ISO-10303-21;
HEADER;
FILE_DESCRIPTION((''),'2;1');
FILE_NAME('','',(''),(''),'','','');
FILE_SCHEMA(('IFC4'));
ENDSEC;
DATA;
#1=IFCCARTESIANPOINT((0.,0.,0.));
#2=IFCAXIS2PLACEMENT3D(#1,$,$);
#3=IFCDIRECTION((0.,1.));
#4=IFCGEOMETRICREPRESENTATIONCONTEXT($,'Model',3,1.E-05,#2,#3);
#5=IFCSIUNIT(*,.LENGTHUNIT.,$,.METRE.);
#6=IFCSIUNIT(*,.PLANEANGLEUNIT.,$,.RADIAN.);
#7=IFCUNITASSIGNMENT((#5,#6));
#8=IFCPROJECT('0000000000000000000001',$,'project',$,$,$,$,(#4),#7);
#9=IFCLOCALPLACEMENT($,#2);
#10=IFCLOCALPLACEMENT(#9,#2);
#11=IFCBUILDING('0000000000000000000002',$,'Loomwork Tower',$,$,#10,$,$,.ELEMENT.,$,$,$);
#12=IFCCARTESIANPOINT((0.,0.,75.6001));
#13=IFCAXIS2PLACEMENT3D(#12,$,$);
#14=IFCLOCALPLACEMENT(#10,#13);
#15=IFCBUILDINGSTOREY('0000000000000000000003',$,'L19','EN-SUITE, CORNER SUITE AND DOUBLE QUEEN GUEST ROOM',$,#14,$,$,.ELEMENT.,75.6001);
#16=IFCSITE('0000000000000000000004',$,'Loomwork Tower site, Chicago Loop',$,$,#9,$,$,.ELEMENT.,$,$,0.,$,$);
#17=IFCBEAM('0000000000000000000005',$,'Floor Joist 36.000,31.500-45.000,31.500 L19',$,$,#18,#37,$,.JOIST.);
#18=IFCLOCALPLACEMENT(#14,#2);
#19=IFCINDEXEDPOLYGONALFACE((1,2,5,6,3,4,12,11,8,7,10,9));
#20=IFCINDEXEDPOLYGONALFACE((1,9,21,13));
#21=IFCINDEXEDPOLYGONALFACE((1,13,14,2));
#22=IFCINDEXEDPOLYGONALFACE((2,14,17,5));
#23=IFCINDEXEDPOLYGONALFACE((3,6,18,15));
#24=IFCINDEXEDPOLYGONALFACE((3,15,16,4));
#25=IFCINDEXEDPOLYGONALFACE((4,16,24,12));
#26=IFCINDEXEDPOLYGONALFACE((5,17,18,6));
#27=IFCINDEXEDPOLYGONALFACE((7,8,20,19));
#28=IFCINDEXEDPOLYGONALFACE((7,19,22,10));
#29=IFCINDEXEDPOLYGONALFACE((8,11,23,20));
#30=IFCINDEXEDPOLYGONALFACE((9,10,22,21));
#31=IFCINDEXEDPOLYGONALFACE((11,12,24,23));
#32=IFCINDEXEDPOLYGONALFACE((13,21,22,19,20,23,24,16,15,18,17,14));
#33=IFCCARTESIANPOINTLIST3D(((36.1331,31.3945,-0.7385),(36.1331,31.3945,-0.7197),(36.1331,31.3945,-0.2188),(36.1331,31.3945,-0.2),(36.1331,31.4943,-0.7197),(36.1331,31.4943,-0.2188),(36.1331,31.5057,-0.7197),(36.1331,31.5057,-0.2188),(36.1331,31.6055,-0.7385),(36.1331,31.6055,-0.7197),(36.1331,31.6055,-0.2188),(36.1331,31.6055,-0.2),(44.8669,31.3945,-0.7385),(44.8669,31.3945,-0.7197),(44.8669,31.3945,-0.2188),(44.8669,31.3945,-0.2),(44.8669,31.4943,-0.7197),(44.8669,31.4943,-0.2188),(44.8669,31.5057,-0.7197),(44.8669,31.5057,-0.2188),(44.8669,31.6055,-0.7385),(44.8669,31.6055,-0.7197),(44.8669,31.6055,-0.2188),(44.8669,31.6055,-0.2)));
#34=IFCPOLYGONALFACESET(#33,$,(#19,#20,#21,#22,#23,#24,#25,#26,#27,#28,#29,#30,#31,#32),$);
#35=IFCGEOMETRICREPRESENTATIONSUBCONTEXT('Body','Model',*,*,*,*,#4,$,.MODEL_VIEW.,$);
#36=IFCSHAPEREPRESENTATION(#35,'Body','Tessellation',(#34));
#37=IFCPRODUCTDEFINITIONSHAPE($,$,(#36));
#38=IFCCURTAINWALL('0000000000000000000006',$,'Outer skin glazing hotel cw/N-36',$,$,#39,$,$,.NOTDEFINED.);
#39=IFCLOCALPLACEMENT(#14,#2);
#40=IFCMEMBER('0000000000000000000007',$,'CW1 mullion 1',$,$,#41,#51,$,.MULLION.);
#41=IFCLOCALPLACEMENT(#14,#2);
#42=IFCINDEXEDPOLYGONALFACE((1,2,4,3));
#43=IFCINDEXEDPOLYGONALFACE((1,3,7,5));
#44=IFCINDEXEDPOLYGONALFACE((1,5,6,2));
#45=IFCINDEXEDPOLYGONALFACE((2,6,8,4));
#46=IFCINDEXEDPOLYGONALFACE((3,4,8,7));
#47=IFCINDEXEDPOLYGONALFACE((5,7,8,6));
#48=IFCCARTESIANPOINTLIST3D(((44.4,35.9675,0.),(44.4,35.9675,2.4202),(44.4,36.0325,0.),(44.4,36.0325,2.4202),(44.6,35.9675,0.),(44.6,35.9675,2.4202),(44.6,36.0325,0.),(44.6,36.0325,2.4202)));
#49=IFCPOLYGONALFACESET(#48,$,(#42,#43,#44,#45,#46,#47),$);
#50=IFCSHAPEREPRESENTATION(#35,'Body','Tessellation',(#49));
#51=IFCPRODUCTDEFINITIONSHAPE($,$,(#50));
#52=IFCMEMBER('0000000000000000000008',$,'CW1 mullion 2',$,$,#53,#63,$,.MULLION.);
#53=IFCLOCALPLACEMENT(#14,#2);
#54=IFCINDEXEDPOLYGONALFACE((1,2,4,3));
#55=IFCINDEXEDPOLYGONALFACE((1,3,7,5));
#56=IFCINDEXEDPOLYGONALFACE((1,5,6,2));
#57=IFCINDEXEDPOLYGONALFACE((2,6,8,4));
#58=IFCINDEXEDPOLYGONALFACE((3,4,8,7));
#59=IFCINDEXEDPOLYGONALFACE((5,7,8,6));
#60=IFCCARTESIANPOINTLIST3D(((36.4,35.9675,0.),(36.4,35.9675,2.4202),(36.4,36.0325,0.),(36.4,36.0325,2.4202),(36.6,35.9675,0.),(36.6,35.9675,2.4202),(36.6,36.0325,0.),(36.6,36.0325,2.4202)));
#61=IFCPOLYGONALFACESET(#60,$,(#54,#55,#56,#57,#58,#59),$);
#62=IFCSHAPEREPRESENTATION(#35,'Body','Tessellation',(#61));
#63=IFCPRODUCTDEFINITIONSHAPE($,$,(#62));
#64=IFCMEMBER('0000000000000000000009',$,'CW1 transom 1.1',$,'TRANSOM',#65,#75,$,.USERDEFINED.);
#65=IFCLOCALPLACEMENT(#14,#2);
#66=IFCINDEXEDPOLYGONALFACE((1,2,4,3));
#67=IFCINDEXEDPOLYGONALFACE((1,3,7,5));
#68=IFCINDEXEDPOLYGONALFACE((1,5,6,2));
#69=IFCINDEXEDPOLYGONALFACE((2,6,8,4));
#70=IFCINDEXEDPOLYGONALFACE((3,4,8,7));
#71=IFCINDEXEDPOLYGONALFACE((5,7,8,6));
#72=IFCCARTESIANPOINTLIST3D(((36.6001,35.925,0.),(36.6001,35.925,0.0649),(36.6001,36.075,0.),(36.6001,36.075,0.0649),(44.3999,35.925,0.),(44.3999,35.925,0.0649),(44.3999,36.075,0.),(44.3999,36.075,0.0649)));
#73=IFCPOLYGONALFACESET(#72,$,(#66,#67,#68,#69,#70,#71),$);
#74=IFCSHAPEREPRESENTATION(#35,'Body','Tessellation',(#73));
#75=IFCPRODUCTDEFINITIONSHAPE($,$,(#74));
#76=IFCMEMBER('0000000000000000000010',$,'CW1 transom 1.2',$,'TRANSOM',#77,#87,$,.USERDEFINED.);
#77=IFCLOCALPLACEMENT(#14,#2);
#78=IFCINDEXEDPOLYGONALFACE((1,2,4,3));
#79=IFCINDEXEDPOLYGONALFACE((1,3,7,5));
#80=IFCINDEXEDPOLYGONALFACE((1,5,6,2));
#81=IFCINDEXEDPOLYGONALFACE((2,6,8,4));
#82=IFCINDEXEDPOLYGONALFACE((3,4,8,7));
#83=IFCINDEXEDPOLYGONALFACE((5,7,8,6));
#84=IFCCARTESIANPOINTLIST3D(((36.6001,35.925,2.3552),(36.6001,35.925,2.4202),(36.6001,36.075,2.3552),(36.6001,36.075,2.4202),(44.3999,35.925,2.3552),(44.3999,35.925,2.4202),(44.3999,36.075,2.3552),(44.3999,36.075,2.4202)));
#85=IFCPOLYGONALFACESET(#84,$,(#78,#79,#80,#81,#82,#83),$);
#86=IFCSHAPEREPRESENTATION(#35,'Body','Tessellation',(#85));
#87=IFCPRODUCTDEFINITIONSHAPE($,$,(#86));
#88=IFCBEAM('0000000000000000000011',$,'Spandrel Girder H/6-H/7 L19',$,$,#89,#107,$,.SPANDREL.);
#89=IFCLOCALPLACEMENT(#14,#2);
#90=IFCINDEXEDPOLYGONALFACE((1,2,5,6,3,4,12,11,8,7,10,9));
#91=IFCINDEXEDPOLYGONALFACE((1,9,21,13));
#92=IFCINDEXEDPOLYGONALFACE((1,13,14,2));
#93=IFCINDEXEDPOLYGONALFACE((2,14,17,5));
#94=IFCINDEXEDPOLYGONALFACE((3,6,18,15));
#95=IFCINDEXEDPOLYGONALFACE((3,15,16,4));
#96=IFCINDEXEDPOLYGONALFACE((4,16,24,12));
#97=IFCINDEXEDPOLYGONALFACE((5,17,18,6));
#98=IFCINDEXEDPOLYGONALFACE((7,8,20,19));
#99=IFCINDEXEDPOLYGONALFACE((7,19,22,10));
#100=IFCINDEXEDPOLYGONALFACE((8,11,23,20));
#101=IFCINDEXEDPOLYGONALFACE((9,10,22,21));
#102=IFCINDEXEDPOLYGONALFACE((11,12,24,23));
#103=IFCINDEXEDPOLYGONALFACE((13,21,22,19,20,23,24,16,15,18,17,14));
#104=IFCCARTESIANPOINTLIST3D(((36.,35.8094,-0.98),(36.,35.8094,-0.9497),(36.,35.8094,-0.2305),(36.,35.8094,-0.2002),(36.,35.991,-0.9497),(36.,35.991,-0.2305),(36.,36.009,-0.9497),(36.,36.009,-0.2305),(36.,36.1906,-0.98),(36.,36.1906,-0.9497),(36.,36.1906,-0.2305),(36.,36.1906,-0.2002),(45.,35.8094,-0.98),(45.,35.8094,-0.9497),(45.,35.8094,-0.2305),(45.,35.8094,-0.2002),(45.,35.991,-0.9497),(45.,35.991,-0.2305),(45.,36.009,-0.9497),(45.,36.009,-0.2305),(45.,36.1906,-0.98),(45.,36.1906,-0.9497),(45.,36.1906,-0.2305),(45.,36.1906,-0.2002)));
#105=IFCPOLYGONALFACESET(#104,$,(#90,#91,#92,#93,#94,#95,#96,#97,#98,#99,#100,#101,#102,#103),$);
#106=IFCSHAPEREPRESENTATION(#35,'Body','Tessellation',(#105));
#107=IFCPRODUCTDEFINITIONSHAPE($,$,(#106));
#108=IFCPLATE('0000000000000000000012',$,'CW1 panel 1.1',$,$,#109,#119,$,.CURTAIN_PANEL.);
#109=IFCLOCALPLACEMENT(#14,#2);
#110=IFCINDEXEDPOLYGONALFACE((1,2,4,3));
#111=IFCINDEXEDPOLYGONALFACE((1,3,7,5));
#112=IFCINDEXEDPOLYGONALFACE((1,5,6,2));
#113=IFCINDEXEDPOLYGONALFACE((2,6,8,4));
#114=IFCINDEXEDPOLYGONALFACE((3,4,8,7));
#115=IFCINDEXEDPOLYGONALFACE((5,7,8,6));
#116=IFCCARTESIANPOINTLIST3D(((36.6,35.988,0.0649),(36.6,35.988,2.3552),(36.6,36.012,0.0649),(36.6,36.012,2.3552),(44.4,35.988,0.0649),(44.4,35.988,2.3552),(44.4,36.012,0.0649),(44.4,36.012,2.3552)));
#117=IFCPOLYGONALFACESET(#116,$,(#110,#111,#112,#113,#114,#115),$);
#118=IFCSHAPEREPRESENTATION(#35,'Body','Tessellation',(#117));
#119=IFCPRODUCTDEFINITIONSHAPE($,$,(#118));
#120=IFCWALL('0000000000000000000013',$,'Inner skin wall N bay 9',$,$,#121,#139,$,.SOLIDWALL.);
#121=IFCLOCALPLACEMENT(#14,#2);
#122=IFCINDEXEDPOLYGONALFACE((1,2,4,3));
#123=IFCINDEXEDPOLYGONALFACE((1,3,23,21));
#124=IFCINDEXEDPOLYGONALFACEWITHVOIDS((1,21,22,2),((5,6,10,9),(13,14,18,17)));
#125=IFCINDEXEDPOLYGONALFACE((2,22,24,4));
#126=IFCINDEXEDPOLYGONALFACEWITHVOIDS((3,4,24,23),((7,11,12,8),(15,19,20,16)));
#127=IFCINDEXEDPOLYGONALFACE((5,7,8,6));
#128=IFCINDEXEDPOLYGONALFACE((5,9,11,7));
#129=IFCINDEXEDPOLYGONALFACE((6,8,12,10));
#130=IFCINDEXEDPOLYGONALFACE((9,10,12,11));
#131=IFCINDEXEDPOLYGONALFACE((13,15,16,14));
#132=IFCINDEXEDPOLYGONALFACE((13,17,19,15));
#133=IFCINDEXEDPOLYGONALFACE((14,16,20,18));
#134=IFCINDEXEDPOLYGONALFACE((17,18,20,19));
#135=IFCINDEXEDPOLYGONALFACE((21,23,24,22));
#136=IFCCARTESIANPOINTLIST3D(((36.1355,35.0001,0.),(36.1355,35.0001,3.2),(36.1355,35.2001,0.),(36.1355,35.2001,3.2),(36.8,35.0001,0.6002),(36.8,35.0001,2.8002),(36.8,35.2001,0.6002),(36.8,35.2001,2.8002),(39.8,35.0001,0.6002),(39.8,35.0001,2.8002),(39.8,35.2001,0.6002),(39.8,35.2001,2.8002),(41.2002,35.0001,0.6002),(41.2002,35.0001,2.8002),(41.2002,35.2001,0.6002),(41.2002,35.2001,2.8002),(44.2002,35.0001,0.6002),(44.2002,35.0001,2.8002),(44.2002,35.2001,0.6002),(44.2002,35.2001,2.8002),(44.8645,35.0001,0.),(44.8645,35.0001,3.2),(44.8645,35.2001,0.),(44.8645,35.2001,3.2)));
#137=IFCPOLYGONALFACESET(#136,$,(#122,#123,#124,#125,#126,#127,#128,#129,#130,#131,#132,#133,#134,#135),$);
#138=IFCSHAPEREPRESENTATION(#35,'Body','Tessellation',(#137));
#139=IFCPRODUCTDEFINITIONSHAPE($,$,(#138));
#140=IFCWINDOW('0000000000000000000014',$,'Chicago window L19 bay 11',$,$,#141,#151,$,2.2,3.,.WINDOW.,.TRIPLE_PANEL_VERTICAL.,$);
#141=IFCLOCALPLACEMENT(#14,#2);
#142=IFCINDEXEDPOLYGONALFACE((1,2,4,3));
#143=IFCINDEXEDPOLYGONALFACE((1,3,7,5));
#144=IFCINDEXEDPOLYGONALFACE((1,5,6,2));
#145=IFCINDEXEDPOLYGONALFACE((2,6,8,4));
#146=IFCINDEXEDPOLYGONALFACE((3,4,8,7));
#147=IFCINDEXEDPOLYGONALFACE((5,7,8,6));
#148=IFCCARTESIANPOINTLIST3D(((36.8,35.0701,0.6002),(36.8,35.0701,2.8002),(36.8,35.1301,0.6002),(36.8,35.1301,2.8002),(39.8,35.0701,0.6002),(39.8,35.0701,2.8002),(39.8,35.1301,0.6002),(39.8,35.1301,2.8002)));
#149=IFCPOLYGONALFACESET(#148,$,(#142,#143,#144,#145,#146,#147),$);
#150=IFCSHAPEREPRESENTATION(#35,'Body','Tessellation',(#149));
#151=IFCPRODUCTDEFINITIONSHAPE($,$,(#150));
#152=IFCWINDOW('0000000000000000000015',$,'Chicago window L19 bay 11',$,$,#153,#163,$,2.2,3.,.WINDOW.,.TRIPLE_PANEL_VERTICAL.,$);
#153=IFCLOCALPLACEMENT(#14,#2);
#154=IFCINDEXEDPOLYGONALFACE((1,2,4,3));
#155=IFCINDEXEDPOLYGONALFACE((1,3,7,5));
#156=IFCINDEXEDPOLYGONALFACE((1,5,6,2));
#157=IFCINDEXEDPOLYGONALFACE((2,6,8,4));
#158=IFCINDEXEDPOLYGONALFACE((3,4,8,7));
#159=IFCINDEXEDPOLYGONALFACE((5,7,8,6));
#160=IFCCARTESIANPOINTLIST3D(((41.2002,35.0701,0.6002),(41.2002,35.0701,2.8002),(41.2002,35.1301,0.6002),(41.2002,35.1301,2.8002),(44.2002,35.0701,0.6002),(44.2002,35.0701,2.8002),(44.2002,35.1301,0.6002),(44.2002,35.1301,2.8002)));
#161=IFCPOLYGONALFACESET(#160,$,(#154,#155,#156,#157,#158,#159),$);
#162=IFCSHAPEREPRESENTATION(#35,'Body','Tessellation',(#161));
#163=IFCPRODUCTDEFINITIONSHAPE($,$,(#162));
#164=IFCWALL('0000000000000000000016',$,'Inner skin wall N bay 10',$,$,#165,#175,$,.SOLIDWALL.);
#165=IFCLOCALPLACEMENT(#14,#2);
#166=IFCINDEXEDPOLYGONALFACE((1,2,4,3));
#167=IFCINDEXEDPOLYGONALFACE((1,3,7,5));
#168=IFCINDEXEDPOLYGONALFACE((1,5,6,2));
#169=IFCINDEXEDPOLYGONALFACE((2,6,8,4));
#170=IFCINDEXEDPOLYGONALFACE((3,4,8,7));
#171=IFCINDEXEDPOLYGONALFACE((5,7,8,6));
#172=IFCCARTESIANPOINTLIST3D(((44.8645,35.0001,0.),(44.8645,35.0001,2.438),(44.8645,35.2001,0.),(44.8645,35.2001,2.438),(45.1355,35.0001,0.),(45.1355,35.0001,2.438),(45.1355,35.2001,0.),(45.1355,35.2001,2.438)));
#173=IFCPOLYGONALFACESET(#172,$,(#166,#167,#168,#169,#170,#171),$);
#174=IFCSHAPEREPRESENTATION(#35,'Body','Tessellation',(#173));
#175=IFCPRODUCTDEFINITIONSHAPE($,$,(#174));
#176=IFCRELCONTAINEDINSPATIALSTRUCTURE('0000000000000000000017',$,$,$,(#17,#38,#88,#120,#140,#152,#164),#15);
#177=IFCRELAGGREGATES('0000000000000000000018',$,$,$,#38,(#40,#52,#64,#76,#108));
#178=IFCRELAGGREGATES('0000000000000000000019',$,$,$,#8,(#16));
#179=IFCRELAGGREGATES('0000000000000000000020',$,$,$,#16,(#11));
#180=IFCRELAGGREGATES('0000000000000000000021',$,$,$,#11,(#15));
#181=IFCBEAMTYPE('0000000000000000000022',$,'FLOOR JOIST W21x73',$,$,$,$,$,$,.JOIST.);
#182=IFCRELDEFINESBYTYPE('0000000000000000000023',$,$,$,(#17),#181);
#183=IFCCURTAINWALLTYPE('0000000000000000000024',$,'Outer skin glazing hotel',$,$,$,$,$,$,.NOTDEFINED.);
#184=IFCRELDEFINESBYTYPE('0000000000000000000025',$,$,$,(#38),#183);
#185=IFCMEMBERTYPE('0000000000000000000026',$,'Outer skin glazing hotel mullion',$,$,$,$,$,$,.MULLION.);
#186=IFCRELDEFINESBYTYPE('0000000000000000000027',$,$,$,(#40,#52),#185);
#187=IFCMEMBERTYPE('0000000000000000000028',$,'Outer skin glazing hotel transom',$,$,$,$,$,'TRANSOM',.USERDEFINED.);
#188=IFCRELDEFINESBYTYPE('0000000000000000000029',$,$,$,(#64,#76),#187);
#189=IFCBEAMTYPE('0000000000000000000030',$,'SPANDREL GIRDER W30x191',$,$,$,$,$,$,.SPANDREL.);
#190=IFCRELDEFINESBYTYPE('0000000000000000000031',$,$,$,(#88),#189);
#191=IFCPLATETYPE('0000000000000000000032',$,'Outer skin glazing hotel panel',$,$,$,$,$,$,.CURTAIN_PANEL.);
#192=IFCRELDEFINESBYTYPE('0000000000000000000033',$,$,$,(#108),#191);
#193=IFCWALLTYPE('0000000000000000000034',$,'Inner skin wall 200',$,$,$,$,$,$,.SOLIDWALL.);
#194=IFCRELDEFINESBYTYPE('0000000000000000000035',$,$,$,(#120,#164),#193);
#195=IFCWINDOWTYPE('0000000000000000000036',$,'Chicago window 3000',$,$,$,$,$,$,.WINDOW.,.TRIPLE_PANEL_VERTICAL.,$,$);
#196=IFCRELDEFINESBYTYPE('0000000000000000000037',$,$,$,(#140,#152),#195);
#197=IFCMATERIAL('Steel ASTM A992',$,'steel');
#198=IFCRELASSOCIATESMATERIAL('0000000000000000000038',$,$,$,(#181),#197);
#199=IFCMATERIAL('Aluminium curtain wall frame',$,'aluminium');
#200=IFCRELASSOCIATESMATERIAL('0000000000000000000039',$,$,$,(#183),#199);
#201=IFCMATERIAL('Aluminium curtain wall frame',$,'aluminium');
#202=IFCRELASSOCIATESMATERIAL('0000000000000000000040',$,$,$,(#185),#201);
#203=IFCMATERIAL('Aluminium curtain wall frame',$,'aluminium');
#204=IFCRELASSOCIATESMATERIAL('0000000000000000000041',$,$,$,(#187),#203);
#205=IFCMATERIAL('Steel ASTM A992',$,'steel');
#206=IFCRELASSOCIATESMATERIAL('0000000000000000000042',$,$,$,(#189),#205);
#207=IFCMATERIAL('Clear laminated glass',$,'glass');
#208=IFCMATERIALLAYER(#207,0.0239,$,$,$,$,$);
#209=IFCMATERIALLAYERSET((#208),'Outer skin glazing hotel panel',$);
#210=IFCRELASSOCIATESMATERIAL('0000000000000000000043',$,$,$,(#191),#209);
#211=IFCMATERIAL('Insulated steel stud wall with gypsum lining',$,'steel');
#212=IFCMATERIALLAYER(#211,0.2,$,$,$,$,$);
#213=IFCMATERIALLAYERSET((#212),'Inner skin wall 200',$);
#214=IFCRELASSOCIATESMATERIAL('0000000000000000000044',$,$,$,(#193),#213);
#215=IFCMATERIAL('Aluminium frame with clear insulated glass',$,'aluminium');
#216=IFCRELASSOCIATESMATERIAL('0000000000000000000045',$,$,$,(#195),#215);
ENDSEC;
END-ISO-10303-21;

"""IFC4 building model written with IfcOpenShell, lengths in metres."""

from ifc_helpers import new_model, si_unit, direction, frame, frame_2d, origin, origin_2d, place, context, subcontext, project, spatial, rectangle, i_section, extrude, material, layer, layer_set, material_profile, profile_set, type_object, element, fill, aggregate, save


model = new_model("IFC4")

# Units and contexts
model_context = context("Model", 3, precision=1e-05, world=origin(), true_north=direction((0.0, 1.0)))
body_context = subcontext(model_context, "Body", "Model", "MODEL_VIEW")
ifc_project = project(units=[si_unit("LENGTHUNIT", "METRE"), si_unit("PLANEANGLEUNIT", "RADIAN")], contexts=[model_context])

# Site, building, storey
site_placement = place(None, origin())
site = spatial("IfcSite", under=ifc_project, at=site_placement, Name="Loomwork Tower site, Chicago Loop", CompositionType="ELEMENT", RefElevation=0.0)
building_placement = place(site_placement, origin())
building = spatial("IfcBuilding", under=site, at=building_placement, Name="Loomwork Tower", CompositionType="ELEMENT")
storey_placement = place(building_placement, frame((0.0, 0.0, 75.6001)))
storey = spatial("IfcBuildingStorey", under=building, at=storey_placement, Name="L19", Description="EN-SUITE, CORNER SUITE AND DOUBLE QUEEN GUEST ROOM", CompositionType="ELEMENT", Elevation=75.6001)

# Beam
ifc_material_1 = material(Name="Steel ASTM A992", Category="steel")
ifc_material_profile_1 = material_profile(ifc_material_1, i_section(OverallWidth=0.2109, OverallDepth=0.5386, WebThickness=0.0115, FlangeThickness=0.0188, at=origin_2d()), Name="W21x73")
ifc_profile_set_1 = profile_set([ifc_material_profile_1], Name="Steel ASTM A992")
beam_type_1 = type_object("IfcBeamType", Name="FLOOR JOIST W21x73", PredefinedType="JOIST", material=ifc_profile_set_1)
beam_1_placement = place(storey_placement, frame((36.1331, 31.5, -0.4692), z_axis=(1.0, 0.0, 0.0), x_axis=(0.0, 1.0, 0.0)))
element("IfcBeam", 1, at=beam_1_placement, inside=storey, type_object=beam_type_1, Name="Floor Joist 36.000,31.500-45.000,31.500 L19", PredefinedType="JOIST", context=body_context, shape_type="SweptSolid", body=[
    extrude(i_section(OverallWidth=0.2109, OverallDepth=0.5386, WebThickness=0.0115, FlangeThickness=0.0188, at=origin_2d()), origin(), (0.0, 0.0, 1.0), 8.7339),
])

# Curtain wall, members
ifc_material_2 = material(Name="Aluminium curtain wall frame", Category="aluminium")
curtain_wall_type = type_object("IfcCurtainWallType", Name="Outer skin glazing hotel", PredefinedType="NOTDEFINED", material=ifc_material_2)
curtain_wall_placement = place(storey_placement, origin())
curtain_wall = element("IfcCurtainWall", 2, at=curtain_wall_placement, inside=storey, type_object=curtain_wall_type, Name="Outer skin glazing hotel cw/N-36", PredefinedType="NOTDEFINED")
ifc_material_3 = material(Name="Aluminium curtain wall frame", Category="aluminium")
ifc_material_profile_2 = material_profile(ifc_material_3, rectangle(XDim=0.0649, YDim=0.2, at=origin_2d()), Name="AL 65x200")
ifc_profile_set_2 = profile_set([ifc_material_profile_2], Name="Aluminium curtain wall frame")
member_type_1 = type_object("IfcMemberType", Name="Outer skin glazing hotel mullion", PredefinedType="MULLION", material=ifc_profile_set_2)
member_1_placement = place(storey_placement, frame((44.5, 36.0, 0.0), z_axis=(0.0, 0.0, 1.0), x_axis=(0.0, -1.0, 0.0)))
member_1 = element("IfcMember", 3, at=member_1_placement, type_object=member_type_1, Name="CW1 mullion 1", PredefinedType="MULLION", context=body_context, shape_type="SweptSolid", body=[
    extrude(rectangle(XDim=0.0649, YDim=0.2, at=origin_2d()), origin(), (0.0, 0.0, 1.0), 2.4202),
])
member_2_placement = place(storey_placement, frame((36.5, 36.0, 0.0), z_axis=(0.0, 0.0, 1.0), x_axis=(0.0, -1.0, 0.0)))
member_2 = element("IfcMember", 4, at=member_2_placement, type_object=member_type_1, Name="CW1 mullion 2", PredefinedType="MULLION", context=body_context, shape_type="SweptSolid", body=[
    extrude(rectangle(XDim=0.0649, YDim=0.2, at=origin_2d()), origin(), (0.0, 0.0, 1.0), 2.4202),
])
ifc_material_4 = material(Name="Aluminium curtain wall frame", Category="aluminium")
ifc_material_profile_3 = material_profile(ifc_material_4, rectangle(XDim=0.1499, YDim=0.0649, at=origin_2d()), Name="AL 65x150")
ifc_profile_set_3 = profile_set([ifc_material_profile_3], Name="Aluminium curtain wall frame")
member_type_2 = type_object("IfcMemberType", Name="Outer skin glazing hotel transom", ElementType="TRANSOM", PredefinedType="USERDEFINED", material=ifc_profile_set_3)
member_3_placement = place(storey_placement, frame((44.3999, 36.0, 0.0325), z_axis=(-1.0, 0.0, 0.0), x_axis=(0.0, -1.0, 0.0)))
member_3 = element("IfcMember", 5, at=member_3_placement, type_object=member_type_2, Name="CW1 transom 1.1", ObjectType="TRANSOM", PredefinedType="USERDEFINED", context=body_context, shape_type="SweptSolid", body=[
    extrude(rectangle(XDim=0.1499, YDim=0.0649, at=origin_2d()), origin(), (0.0, 0.0, 1.0), 7.7998),
])
member_4_placement = place(storey_placement, frame((44.3999, 36.0, 2.3877), z_axis=(-1.0, 0.0, 0.0), x_axis=(0.0, -1.0, 0.0)))
member_4 = element("IfcMember", 6, at=member_4_placement, type_object=member_type_2, Name="CW1 transom 1.2", ObjectType="TRANSOM", PredefinedType="USERDEFINED", context=body_context, shape_type="SweptSolid", body=[
    extrude(rectangle(XDim=0.1499, YDim=0.0649, at=origin_2d()), origin(), (0.0, 0.0, 1.0), 7.7998),
])

# Beam
ifc_material_5 = material(Name="Steel ASTM A992", Category="steel")
ifc_material_profile_4 = material_profile(ifc_material_5, i_section(OverallWidth=0.3811, OverallDepth=0.7798, WebThickness=0.0181, FlangeThickness=0.0303, at=origin_2d()), Name="W30x191")
ifc_profile_set_4 = profile_set([ifc_material_profile_4], Name="Steel ASTM A992")
beam_type_2 = type_object("IfcBeamType", Name="SPANDREL GIRDER W30x191", PredefinedType="SPANDREL", material=ifc_profile_set_4)
beam_2_placement = place(storey_placement, frame((36.0, 36.0, -0.5901), z_axis=(1.0, 0.0, 0.0), x_axis=(0.0, 1.0, 0.0)))
element("IfcBeam", 7, at=beam_2_placement, inside=storey, type_object=beam_type_2, Name="Spandrel Girder H/6-H/7 L19", PredefinedType="SPANDREL", context=body_context, shape_type="SweptSolid", body=[
    extrude(i_section(OverallWidth=0.3811, OverallDepth=0.7798, WebThickness=0.0181, FlangeThickness=0.0303, at=origin_2d()), origin(), (0.0, 0.0, 1.0), 9.0),
])

# Plate
ifc_material_6 = material(Name="Clear laminated glass", Category="glass")
ifc_layer_1 = layer(ifc_material_6, 0.0239)
ifc_layer_set_1 = layer_set([ifc_layer_1], Name="Outer skin glazing hotel panel")
plate_type = type_object("IfcPlateType", Name="Outer skin glazing hotel panel", PredefinedType="CURTAIN_PANEL", material=ifc_layer_set_1)
plate_placement = place(storey_placement, frame((40.5, 36.0, 0.0649), z_axis=(0.0, 0.0, 1.0), x_axis=(-1.0, 0.0, 0.0)))
plate = element("IfcPlate", 8, at=plate_placement, type_object=plate_type, Name="CW1 panel 1.1", PredefinedType="CURTAIN_PANEL", context=body_context, shape_type="SweptSolid", body=[
    extrude(rectangle(XDim=7.8, YDim=0.0239, at=origin_2d()), origin(), (0.0, 0.0, 1.0), 2.2903),
])
aggregate(curtain_wall, [member_1, member_2, member_3, member_4, plate])

# Wall, openings, windows
ifc_material_7 = material(Name="Insulated steel stud wall with gypsum lining", Category="steel")
ifc_layer_2 = layer(ifc_material_7, 0.2)
ifc_layer_set_2 = layer_set([ifc_layer_2], Name="Inner skin wall 200")
wall_type = type_object("IfcWallType", Name="Inner skin wall 200", PredefinedType="SOLIDWALL", material=ifc_layer_set_2)
wall_1_placement = place(storey_placement, frame((36.1355, 35.1001, 0.0), z_axis=(0.0, 0.0, 1.0), x_axis=(1.0, 0.0, 0.0)))
wall_1 = element("IfcWall", 9, at=wall_1_placement, inside=storey, type_object=wall_type, Name="Inner skin wall N bay 9", PredefinedType="SOLIDWALL", context=body_context, shape_type="SweptSolid", body=[
    extrude(rectangle(XDim=8.729, YDim=0.2, at=frame_2d((4.3645, 0.0))), origin(), (0.0, 0.0, 1.0), 3.2),
])
opening_1_placement = place(wall_1_placement, frame((0.6646, 0.0, 0.6001)))
opening_1 = element("IfcOpeningElement", 10, at=opening_1_placement, cuts=wall_1, PredefinedType="OPENING", context=body_context, shape_type="SweptSolid", body=[
    extrude(rectangle(XDim=3.0, YDim=2.2, at=frame_2d((1.5, 1.1001))), frame((0.0, 0.1099, 0.0), z_axis=(0.0, -1.0, 0.0), x_axis=(1.0, 0.0, 0.0)), (0.0, 0.0, 1.0), 0.22),
])
opening_2_placement = place(wall_1_placement, frame((5.0647, 0.0, 0.6001)))
opening_2 = element("IfcOpeningElement", 11, at=opening_2_placement, cuts=wall_1, PredefinedType="OPENING", context=body_context, shape_type="SweptSolid", body=[
    extrude(rectangle(XDim=3.0, YDim=2.2, at=frame_2d((1.5, 1.1001))), frame((0.0, 0.1099, 0.0), z_axis=(0.0, -1.0, 0.0), x_axis=(1.0, 0.0, 0.0)), (0.0, 0.0, 1.0), 0.22),
])
ifc_material_8 = material(Name="Aluminium frame with clear insulated glass", Category="aluminium")
window_type = type_object("IfcWindowType", Name="Chicago window 3000", PartitioningType="TRIPLE_PANEL_VERTICAL", PredefinedType="WINDOW", material=ifc_material_8)
window_1_placement = place(opening_1_placement, origin())
window_1 = element("IfcWindow", 12, at=window_1_placement, inside=storey, type_object=window_type, Name="Chicago window L19 bay 11", OverallHeight=2.2, OverallWidth=3.0, PartitioningType="TRIPLE_PANEL_VERTICAL", PredefinedType="WINDOW", context=body_context, shape_type="SweptSolid", body=[
    extrude(rectangle(XDim=3.0, YDim=2.2, at=frame_2d((1.5, 1.1001))), frame((0.0, 0.03, 0.0), z_axis=(0.0, -1.0, 0.0), x_axis=(1.0, 0.0, 0.0)), (0.0, 0.0, 1.0), 0.0601),
])
fill(opening_1, window_1)
window_2_placement = place(opening_2_placement, origin())
window_2 = element("IfcWindow", 13, at=window_2_placement, inside=storey, type_object=window_type, Name="Chicago window L19 bay 11", OverallHeight=2.2, OverallWidth=3.0, PartitioningType="TRIPLE_PANEL_VERTICAL", PredefinedType="WINDOW", context=body_context, shape_type="SweptSolid", body=[
    extrude(rectangle(XDim=3.0, YDim=2.2, at=frame_2d((1.5, 1.1001))), frame((0.0, 0.03, 0.0), z_axis=(0.0, -1.0, 0.0), x_axis=(1.0, 0.0, 0.0)), (0.0, 0.0, 1.0), 0.0601),
])
fill(opening_2, window_2)

# Wall
wall_2_placement = place(storey_placement, frame((44.8645, 35.1001, 0.0), z_axis=(0.0, 0.0, 1.0), x_axis=(1.0, 0.0, 0.0)))
element("IfcWall", 14, at=wall_2_placement, inside=storey, type_object=wall_type, Name="Inner skin wall N bay 10", PredefinedType="SOLIDWALL", context=body_context, shape_type="SweptSolid", body=[
    extrude(rectangle(XDim=0.271, YDim=0.2, at=frame_2d((0.1355, 0.0))), origin(), (0.0, 0.0, 1.0), 2.438),
])

save(model, "model.ifc")
